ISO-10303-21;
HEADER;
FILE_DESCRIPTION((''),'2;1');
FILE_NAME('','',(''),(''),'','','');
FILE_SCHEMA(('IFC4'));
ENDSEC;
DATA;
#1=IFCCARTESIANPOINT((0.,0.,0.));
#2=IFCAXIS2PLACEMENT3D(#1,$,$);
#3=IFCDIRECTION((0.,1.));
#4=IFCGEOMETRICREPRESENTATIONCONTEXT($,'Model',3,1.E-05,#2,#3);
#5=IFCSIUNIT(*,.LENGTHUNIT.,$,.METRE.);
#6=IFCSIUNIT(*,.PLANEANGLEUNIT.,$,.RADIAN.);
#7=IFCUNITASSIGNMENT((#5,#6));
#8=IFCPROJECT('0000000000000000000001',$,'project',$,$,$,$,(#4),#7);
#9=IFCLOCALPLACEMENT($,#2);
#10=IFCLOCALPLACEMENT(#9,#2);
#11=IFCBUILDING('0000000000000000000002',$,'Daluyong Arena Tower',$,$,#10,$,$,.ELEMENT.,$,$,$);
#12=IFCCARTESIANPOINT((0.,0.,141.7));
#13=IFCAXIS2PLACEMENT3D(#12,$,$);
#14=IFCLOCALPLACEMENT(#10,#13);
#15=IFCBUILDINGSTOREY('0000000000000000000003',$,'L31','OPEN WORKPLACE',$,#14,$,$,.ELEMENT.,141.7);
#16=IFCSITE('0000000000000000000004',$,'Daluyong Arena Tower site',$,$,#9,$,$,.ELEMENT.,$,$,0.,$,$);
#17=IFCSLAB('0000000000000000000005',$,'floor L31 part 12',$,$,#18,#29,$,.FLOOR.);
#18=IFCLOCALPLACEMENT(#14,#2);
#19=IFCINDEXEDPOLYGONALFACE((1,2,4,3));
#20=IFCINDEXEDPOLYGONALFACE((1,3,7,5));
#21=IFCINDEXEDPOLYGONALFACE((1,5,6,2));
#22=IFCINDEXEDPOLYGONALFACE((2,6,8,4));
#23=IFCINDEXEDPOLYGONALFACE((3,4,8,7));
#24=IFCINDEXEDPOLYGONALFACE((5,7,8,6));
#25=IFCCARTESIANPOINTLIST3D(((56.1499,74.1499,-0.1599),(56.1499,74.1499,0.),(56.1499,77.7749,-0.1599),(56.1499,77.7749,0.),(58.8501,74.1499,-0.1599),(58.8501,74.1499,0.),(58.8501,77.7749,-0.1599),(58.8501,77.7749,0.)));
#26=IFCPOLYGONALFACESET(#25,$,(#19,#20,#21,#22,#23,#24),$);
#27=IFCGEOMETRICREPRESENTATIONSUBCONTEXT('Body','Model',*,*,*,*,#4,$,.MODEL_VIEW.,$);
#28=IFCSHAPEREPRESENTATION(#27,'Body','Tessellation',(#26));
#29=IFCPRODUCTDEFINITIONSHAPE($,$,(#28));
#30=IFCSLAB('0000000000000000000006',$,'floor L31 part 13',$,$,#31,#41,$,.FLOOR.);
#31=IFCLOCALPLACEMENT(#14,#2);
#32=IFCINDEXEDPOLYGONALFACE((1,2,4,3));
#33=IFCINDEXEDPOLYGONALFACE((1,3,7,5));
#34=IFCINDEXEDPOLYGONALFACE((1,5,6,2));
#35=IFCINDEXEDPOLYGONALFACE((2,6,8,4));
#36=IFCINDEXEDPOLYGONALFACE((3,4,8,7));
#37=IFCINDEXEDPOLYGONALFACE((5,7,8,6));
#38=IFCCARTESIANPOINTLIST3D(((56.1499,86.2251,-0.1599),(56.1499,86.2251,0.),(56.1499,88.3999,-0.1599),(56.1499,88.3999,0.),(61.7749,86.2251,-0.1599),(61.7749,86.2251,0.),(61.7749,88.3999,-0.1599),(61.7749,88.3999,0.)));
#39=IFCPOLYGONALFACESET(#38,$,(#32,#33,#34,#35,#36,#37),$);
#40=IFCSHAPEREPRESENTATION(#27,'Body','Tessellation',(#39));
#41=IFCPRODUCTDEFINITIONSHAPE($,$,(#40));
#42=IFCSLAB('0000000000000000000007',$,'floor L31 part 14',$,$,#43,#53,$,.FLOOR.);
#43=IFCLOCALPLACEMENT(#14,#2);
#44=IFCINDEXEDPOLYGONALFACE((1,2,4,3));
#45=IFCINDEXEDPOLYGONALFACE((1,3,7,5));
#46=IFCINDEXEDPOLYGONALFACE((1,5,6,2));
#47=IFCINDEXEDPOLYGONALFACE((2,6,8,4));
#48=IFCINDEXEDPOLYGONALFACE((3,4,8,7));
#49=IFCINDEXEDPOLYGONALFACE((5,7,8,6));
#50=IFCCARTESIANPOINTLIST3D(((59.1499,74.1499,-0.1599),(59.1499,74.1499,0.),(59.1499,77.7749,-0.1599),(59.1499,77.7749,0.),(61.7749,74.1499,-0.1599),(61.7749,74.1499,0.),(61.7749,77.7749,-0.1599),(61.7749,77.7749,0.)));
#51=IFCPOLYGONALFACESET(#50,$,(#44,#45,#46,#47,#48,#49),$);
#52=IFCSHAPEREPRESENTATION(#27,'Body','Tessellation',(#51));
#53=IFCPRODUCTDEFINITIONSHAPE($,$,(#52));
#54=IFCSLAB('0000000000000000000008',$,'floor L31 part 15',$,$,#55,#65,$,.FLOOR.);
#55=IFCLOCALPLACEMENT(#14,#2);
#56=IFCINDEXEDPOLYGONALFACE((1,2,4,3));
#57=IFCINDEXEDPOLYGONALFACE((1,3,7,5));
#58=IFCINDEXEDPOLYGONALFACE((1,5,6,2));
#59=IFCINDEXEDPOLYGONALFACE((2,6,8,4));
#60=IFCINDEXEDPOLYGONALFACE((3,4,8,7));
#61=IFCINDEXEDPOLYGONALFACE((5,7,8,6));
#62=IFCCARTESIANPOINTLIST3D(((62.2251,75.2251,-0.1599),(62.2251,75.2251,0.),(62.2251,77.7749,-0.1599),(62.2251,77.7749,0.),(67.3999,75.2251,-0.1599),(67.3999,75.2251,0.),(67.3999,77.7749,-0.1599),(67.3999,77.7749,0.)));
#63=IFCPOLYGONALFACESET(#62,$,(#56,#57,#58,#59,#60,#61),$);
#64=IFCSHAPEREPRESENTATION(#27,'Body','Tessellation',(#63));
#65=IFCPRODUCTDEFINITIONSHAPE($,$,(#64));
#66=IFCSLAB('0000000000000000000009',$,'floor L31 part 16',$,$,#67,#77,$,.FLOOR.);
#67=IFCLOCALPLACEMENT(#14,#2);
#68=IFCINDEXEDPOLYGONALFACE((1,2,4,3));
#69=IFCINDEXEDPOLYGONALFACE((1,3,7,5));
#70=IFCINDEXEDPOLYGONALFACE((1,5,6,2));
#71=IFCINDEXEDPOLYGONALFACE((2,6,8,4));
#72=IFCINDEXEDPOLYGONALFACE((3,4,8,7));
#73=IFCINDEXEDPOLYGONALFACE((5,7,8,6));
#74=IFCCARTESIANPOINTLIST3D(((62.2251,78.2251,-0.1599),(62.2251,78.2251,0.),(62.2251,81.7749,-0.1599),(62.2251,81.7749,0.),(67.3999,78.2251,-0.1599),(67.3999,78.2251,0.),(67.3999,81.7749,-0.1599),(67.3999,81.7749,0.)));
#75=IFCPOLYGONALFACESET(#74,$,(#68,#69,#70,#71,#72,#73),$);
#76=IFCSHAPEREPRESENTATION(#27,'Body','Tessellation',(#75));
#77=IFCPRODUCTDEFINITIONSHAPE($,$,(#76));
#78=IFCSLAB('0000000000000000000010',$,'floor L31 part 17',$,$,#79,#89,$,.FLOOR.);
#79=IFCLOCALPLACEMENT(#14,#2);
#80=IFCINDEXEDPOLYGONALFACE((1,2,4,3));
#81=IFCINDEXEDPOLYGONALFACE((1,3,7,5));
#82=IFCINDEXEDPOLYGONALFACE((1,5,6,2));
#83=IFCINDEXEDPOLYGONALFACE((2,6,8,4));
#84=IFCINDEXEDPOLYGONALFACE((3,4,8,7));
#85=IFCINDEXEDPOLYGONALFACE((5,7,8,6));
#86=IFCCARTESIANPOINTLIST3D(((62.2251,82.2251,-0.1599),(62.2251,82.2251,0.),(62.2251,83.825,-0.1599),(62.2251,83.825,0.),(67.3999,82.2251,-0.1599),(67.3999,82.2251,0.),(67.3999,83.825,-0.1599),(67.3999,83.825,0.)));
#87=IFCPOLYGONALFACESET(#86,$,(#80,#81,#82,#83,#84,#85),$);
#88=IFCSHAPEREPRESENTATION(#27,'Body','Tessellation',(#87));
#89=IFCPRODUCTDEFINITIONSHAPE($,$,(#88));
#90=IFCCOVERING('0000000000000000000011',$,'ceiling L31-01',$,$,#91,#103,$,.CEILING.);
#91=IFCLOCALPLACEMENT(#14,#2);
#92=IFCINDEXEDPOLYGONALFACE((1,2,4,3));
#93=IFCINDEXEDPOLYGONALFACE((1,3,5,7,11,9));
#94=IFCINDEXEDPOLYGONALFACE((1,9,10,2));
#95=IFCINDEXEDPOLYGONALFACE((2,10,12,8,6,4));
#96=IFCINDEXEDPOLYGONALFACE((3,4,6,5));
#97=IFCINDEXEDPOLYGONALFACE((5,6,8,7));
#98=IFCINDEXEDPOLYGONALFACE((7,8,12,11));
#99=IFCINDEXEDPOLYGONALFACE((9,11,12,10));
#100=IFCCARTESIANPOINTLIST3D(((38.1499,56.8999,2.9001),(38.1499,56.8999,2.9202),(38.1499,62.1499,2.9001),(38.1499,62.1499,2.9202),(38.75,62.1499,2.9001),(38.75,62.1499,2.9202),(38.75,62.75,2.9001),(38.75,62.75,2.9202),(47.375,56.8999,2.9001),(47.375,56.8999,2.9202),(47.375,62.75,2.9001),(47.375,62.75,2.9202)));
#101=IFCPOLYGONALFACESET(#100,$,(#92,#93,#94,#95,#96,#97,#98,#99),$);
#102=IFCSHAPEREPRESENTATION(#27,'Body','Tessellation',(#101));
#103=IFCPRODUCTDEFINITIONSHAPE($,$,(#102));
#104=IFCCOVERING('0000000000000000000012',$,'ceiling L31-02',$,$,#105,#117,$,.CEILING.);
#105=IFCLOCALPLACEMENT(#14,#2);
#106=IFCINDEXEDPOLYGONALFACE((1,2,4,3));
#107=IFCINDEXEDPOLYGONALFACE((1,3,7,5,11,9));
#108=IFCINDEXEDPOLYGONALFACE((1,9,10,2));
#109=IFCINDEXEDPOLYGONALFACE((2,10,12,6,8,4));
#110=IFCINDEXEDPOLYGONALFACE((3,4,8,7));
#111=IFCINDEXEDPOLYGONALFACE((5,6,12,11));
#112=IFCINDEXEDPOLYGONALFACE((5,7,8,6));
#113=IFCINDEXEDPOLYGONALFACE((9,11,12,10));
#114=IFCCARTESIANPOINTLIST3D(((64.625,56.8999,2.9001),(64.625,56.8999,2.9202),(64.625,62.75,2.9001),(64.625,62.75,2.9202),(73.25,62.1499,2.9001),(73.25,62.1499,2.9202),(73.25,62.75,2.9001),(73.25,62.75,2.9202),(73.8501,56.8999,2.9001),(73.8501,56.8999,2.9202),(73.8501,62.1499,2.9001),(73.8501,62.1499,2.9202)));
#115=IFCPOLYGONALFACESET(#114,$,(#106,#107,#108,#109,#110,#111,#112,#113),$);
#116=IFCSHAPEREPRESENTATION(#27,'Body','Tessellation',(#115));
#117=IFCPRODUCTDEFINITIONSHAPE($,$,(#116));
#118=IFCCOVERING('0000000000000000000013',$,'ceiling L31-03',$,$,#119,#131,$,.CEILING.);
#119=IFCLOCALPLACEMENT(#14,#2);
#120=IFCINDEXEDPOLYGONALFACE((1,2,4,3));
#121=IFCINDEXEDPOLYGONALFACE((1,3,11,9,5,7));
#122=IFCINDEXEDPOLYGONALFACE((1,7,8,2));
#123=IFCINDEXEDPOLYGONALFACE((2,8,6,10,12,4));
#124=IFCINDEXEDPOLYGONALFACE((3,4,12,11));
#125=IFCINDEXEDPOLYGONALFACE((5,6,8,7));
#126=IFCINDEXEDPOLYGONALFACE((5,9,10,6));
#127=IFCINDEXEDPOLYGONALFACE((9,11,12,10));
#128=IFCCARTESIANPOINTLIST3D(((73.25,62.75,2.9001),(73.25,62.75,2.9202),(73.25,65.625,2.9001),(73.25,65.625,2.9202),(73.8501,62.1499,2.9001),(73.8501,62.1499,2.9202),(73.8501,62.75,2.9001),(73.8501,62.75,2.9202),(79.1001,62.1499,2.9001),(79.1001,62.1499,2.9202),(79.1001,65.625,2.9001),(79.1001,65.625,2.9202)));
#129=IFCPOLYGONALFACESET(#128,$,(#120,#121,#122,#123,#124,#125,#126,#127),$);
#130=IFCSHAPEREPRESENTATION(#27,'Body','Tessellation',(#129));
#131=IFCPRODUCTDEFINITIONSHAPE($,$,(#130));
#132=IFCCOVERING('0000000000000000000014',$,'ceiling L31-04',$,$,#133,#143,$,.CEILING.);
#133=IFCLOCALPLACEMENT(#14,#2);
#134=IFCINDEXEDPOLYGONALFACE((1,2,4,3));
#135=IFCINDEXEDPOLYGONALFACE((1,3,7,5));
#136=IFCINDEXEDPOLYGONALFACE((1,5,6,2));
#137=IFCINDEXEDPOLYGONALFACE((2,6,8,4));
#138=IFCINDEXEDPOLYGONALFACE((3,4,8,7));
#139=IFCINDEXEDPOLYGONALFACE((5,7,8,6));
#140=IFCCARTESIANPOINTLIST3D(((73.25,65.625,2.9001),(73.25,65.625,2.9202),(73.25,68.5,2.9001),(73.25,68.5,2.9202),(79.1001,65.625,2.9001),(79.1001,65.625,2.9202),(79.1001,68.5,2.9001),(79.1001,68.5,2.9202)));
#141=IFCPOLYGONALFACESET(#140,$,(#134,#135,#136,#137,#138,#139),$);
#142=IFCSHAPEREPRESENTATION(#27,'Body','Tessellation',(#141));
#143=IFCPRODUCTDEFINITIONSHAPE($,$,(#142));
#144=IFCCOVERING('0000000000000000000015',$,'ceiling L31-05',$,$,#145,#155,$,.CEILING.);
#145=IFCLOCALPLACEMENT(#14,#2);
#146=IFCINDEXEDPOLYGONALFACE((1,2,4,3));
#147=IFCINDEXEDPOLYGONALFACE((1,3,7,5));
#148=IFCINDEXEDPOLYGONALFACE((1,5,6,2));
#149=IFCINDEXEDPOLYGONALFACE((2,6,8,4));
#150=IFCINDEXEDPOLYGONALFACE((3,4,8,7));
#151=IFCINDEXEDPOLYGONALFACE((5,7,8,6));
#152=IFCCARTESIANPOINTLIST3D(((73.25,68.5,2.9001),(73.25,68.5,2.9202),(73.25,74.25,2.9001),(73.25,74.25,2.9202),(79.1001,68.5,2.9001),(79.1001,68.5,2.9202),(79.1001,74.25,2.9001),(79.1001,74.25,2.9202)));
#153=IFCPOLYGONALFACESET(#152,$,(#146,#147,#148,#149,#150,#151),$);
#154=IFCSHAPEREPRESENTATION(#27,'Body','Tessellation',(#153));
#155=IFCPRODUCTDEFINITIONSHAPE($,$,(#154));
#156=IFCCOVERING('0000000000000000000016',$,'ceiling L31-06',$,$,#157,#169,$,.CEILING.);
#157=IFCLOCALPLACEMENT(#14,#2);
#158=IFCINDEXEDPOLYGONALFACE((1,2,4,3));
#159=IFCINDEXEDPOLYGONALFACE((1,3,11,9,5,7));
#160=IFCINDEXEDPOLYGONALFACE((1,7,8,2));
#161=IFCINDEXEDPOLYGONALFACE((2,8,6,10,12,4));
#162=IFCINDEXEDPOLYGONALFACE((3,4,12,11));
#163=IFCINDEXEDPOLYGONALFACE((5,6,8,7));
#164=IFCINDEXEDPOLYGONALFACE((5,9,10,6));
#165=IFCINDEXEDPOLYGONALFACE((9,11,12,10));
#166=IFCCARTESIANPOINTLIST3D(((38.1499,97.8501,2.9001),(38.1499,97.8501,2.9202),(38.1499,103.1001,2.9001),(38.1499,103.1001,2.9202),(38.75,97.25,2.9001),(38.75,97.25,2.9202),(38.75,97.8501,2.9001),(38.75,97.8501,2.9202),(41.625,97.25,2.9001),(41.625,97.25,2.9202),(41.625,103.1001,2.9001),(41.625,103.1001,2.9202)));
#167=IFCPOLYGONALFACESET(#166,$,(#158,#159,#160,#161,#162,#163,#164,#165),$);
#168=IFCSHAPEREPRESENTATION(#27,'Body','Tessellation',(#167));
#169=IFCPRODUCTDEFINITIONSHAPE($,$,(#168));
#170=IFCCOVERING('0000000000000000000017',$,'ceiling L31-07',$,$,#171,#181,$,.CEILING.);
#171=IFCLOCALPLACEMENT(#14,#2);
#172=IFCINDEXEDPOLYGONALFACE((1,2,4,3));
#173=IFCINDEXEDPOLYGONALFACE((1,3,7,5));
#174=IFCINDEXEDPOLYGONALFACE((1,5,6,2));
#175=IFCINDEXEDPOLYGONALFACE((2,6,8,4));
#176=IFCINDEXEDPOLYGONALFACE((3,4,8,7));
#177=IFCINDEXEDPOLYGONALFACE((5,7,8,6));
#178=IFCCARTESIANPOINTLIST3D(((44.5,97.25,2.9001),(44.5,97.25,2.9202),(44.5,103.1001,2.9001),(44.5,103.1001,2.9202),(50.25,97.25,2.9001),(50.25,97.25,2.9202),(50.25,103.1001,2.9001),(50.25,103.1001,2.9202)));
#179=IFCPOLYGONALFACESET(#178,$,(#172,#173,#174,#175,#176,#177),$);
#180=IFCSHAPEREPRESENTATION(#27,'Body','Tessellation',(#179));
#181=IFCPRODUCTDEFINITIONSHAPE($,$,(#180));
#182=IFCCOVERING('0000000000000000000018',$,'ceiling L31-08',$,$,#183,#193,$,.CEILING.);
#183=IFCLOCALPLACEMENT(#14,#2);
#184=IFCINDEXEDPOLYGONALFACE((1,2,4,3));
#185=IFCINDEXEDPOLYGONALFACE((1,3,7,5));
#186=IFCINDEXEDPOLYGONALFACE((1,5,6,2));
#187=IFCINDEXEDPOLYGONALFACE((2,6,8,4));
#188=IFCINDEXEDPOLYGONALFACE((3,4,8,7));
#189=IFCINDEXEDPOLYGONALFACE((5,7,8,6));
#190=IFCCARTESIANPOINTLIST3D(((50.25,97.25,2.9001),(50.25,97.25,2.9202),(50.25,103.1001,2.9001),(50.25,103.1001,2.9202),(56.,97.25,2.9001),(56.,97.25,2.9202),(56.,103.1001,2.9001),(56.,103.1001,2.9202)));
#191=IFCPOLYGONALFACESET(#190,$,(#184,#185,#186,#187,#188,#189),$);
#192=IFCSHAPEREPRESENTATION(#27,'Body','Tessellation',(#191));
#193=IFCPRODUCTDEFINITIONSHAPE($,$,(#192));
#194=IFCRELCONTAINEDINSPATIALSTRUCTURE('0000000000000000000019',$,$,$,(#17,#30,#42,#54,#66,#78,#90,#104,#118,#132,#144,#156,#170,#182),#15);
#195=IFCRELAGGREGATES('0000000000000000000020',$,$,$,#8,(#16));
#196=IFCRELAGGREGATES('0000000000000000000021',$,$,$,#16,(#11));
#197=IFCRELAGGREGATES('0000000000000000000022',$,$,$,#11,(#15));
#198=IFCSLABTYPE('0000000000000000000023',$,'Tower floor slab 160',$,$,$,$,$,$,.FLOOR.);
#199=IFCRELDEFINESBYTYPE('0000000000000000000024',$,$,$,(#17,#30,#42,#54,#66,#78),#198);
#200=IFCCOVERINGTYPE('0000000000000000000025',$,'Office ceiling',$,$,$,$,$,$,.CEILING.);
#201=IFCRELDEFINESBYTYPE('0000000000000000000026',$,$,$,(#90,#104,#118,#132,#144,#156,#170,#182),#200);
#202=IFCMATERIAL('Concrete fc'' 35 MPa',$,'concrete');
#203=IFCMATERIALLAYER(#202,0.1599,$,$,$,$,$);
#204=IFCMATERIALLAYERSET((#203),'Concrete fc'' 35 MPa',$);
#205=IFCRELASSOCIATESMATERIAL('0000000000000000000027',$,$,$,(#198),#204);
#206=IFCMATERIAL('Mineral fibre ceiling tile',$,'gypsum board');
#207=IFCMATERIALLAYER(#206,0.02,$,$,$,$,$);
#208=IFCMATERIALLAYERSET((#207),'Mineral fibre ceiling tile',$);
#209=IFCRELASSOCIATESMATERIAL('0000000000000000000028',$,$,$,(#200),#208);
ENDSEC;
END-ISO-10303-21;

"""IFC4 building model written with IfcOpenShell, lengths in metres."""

from ifc_helpers import new_model, si_unit, direction, frame, origin, place, context, subcontext, project, spatial, polyline, outline, extrude, material, layer, layer_set, type_object, element, save


model = new_model("IFC4")

# Units and contexts
model_context = context("Model", 3, precision=1e-05, world=origin(), true_north=direction((0.0, 1.0)))
body_context = subcontext(model_context, "Body", "Model", "MODEL_VIEW")
ifc_project = project(units=[si_unit("LENGTHUNIT", "METRE"), si_unit("PLANEANGLEUNIT", "RADIAN")], contexts=[model_context])

# Site, building, storey
site_placement = place(None, origin())
site = spatial("IfcSite", under=ifc_project, at=site_placement, Name="Daluyong Arena Tower site", CompositionType="ELEMENT", RefElevation=0.0)
building_placement = place(site_placement, origin())
building = spatial("IfcBuilding", under=site, at=building_placement, Name="Daluyong Arena Tower", CompositionType="ELEMENT")
storey_placement = place(building_placement, frame((0.0, 0.0, 141.7)))
storey = spatial("IfcBuildingStorey", under=building, at=storey_placement, Name="L31", Description="OPEN WORKPLACE", CompositionType="ELEMENT", Elevation=141.7)

# Slabs
ifc_material_1 = material(Name="Concrete fc' 35 MPa", Category="concrete")
ifc_layer_1 = layer(ifc_material_1, 0.1599)
ifc_layer_set_1 = layer_set([ifc_layer_1], Name="Concrete fc' 35 MPa")
slab_type_1 = type_object("IfcSlabType", Name="Tower floor slab 160", PredefinedType="FLOOR", material=ifc_layer_set_1)
slab_1_placement = place(storey_placement, frame((0.0, 0.0, -0.1599)))
element("IfcSlab", 1, at=slab_1_placement, inside=storey, type_object=slab_type_1, Name="floor L31 part 12", PredefinedType="FLOOR", context=body_context, shape_type="SweptSolid", body=[
    extrude(outline(polyline([(58.8501, 77.7749), (56.1499, 77.7749), (56.1499, 74.1499), (58.8501, 74.1499), (58.8501, 77.7749)])), origin(), (0.0, 0.0, 1.0), 0.1599),
])
slab_2_placement = place(storey_placement, frame((0.0, 0.0, -0.1599)))
element("IfcSlab", 2, at=slab_2_placement, inside=storey, type_object=slab_type_1, Name="floor L31 part 13", PredefinedType="FLOOR", context=body_context, shape_type="SweptSolid", body=[
    extrude(outline(polyline([(56.1499, 88.3999), (56.1499, 86.2251), (61.7749, 86.2251), (61.7749, 88.3999), (56.1499, 88.3999)])), origin(), (0.0, 0.0, 1.0), 0.1599),
])
slab_3_placement = place(storey_placement, frame((0.0, 0.0, -0.1599)))
element("IfcSlab", 3, at=slab_3_placement, inside=storey, type_object=slab_type_1, Name="floor L31 part 14", PredefinedType="FLOOR", context=body_context, shape_type="SweptSolid", body=[
    extrude(outline(polyline([(59.1499, 77.7749), (59.1499, 74.1499), (61.7749, 74.1499), (61.7749, 77.7749), (59.1499, 77.7749)])), origin(), (0.0, 0.0, 1.0), 0.1599),
])
slab_4_placement = place(storey_placement, frame((0.0, 0.0, -0.1599)))
element("IfcSlab", 4, at=slab_4_placement, inside=storey, type_object=slab_type_1, Name="floor L31 part 15", PredefinedType="FLOOR", context=body_context, shape_type="SweptSolid", body=[
    extrude(outline(polyline([(62.2251, 75.2251), (67.3999, 75.2251), (67.3999, 77.7749), (62.2251, 77.7749), (62.2251, 75.2251)])), origin(), (0.0, 0.0, 1.0), 0.1599),
])
slab_5_placement = place(storey_placement, frame((0.0, 0.0, -0.1599)))
element("IfcSlab", 5, at=slab_5_placement, inside=storey, type_object=slab_type_1, Name="floor L31 part 16", PredefinedType="FLOOR", context=body_context, shape_type="SweptSolid", body=[
    extrude(outline(polyline([(62.2251, 78.2251), (67.3999, 78.2251), (67.3999, 81.7749), (62.2251, 81.7749), (62.2251, 78.2251)])), origin(), (0.0, 0.0, 1.0), 0.1599),
])
slab_6_placement = place(storey_placement, frame((0.0, 0.0, -0.1599)))
element("IfcSlab", 6, at=slab_6_placement, inside=storey, type_object=slab_type_1, Name="floor L31 part 17", PredefinedType="FLOOR", context=body_context, shape_type="SweptSolid", body=[
    extrude(outline(polyline([(62.2251, 82.2251), (67.3999, 82.2251), (67.3999, 83.825), (62.2251, 83.825), (62.2251, 82.2251)])), origin(), (0.0, 0.0, 1.0), 0.1599),
])

# Coverings
ifc_material_2 = material(Name="Mineral fibre ceiling tile", Category="gypsum board")
ifc_layer_2 = layer(ifc_material_2, 0.02)
ifc_layer_set_2 = layer_set([ifc_layer_2], Name="Mineral fibre ceiling tile")
covering_type = type_object("IfcCoveringType", Name="Office ceiling", PredefinedType="CEILING", material=ifc_layer_set_2)
covering_1_placement = place(storey_placement, frame((0.0, 0.0, 2.9001)))
element("IfcCovering", 7, at=covering_1_placement, inside=storey, type_object=covering_type, Name="ceiling L31-01", PredefinedType="CEILING", context=body_context, shape_type="SweptSolid", body=[
    extrude(outline(polyline([(38.1499, 62.1499), (38.1499, 56.8999), (47.375, 56.8999), (47.375, 62.75), (38.75, 62.75), (38.75, 62.1499), (38.1499, 62.1499)])), origin(), (0.0, 0.0, 1.0), 0.02),
])
covering_2_placement = place(storey_placement, frame((0.0, 0.0, 2.9001)))
element("IfcCovering", 8, at=covering_2_placement, inside=storey, type_object=covering_type, Name="ceiling L31-02", PredefinedType="CEILING", context=body_context, shape_type="SweptSolid", body=[
    extrude(outline(polyline([(73.8501, 56.8999), (73.8501, 62.1499), (73.25, 62.1499), (73.25, 62.75), (64.625, 62.75), (64.625, 56.8999), (73.8501, 56.8999)])), origin(), (0.0, 0.0, 1.0), 0.02),
])
covering_3_placement = place(storey_placement, frame((0.0, 0.0, 2.9001)))
element("IfcCovering", 9, at=covering_3_placement, inside=storey, type_object=covering_type, Name="ceiling L31-03", PredefinedType="CEILING", context=body_context, shape_type="SweptSolid", body=[
    extrude(outline(polyline([(73.8501, 62.1499), (79.1001, 62.1499), (79.1001, 65.625), (73.25, 65.625), (73.25, 62.75), (73.8501, 62.75), (73.8501, 62.1499)])), origin(), (0.0, 0.0, 1.0), 0.02),
])
covering_4_placement = place(storey_placement, frame((0.0, 0.0, 2.9001)))
element("IfcCovering", 10, at=covering_4_placement, inside=storey, type_object=covering_type, Name="ceiling L31-04", PredefinedType="CEILING", context=body_context, shape_type="SweptSolid", body=[
    extrude(outline(polyline([(73.25, 65.625), (79.1001, 65.625), (79.1001, 68.5), (73.25, 68.5), (73.25, 65.625)])), origin(), (0.0, 0.0, 1.0), 0.02),
])
covering_5_placement = place(storey_placement, frame((0.0, 0.0, 2.9001)))
element("IfcCovering", 11, at=covering_5_placement, inside=storey, type_object=covering_type, Name="ceiling L31-05", PredefinedType="CEILING", context=body_context, shape_type="SweptSolid", body=[
    extrude(outline(polyline([(73.25, 68.5), (79.1001, 68.5), (79.1001, 74.25), (73.25, 74.25), (73.25, 68.5)])), origin(), (0.0, 0.0, 1.0), 0.02),
])
covering_6_placement = place(storey_placement, frame((0.0, 0.0, 2.9001)))
element("IfcCovering", 12, at=covering_6_placement, inside=storey, type_object=covering_type, Name="ceiling L31-06", PredefinedType="CEILING", context=body_context, shape_type="SweptSolid", body=[
    extrude(outline(polyline([(41.625, 97.25), (41.625, 103.1001), (38.1499, 103.1001), (38.1499, 97.8501), (38.75, 97.8501), (38.75, 97.25), (41.625, 97.25)])), origin(), (0.0, 0.0, 1.0), 0.02),
])
covering_7_placement = place(storey_placement, frame((0.0, 0.0, 2.9001)))
element("IfcCovering", 13, at=covering_7_placement, inside=storey, type_object=covering_type, Name="ceiling L31-07", PredefinedType="CEILING", context=body_context, shape_type="SweptSolid", body=[
    extrude(outline(polyline([(50.25, 97.25), (50.25, 103.1001), (44.5, 103.1001), (44.5, 97.25), (50.25, 97.25)])), origin(), (0.0, 0.0, 1.0), 0.02),
])
covering_8_placement = place(storey_placement, frame((0.0, 0.0, 2.9001)))
element("IfcCovering", 14, at=covering_8_placement, inside=storey, type_object=covering_type, Name="ceiling L31-08", PredefinedType="CEILING", context=body_context, shape_type="SweptSolid", body=[
    extrude(outline(polyline([(56.0, 97.25), (56.0, 103.1001), (50.25, 103.1001), (50.25, 97.25), (56.0, 97.25)])), origin(), (0.0, 0.0, 1.0), 0.02),
])

save(model, "model.ifc")
